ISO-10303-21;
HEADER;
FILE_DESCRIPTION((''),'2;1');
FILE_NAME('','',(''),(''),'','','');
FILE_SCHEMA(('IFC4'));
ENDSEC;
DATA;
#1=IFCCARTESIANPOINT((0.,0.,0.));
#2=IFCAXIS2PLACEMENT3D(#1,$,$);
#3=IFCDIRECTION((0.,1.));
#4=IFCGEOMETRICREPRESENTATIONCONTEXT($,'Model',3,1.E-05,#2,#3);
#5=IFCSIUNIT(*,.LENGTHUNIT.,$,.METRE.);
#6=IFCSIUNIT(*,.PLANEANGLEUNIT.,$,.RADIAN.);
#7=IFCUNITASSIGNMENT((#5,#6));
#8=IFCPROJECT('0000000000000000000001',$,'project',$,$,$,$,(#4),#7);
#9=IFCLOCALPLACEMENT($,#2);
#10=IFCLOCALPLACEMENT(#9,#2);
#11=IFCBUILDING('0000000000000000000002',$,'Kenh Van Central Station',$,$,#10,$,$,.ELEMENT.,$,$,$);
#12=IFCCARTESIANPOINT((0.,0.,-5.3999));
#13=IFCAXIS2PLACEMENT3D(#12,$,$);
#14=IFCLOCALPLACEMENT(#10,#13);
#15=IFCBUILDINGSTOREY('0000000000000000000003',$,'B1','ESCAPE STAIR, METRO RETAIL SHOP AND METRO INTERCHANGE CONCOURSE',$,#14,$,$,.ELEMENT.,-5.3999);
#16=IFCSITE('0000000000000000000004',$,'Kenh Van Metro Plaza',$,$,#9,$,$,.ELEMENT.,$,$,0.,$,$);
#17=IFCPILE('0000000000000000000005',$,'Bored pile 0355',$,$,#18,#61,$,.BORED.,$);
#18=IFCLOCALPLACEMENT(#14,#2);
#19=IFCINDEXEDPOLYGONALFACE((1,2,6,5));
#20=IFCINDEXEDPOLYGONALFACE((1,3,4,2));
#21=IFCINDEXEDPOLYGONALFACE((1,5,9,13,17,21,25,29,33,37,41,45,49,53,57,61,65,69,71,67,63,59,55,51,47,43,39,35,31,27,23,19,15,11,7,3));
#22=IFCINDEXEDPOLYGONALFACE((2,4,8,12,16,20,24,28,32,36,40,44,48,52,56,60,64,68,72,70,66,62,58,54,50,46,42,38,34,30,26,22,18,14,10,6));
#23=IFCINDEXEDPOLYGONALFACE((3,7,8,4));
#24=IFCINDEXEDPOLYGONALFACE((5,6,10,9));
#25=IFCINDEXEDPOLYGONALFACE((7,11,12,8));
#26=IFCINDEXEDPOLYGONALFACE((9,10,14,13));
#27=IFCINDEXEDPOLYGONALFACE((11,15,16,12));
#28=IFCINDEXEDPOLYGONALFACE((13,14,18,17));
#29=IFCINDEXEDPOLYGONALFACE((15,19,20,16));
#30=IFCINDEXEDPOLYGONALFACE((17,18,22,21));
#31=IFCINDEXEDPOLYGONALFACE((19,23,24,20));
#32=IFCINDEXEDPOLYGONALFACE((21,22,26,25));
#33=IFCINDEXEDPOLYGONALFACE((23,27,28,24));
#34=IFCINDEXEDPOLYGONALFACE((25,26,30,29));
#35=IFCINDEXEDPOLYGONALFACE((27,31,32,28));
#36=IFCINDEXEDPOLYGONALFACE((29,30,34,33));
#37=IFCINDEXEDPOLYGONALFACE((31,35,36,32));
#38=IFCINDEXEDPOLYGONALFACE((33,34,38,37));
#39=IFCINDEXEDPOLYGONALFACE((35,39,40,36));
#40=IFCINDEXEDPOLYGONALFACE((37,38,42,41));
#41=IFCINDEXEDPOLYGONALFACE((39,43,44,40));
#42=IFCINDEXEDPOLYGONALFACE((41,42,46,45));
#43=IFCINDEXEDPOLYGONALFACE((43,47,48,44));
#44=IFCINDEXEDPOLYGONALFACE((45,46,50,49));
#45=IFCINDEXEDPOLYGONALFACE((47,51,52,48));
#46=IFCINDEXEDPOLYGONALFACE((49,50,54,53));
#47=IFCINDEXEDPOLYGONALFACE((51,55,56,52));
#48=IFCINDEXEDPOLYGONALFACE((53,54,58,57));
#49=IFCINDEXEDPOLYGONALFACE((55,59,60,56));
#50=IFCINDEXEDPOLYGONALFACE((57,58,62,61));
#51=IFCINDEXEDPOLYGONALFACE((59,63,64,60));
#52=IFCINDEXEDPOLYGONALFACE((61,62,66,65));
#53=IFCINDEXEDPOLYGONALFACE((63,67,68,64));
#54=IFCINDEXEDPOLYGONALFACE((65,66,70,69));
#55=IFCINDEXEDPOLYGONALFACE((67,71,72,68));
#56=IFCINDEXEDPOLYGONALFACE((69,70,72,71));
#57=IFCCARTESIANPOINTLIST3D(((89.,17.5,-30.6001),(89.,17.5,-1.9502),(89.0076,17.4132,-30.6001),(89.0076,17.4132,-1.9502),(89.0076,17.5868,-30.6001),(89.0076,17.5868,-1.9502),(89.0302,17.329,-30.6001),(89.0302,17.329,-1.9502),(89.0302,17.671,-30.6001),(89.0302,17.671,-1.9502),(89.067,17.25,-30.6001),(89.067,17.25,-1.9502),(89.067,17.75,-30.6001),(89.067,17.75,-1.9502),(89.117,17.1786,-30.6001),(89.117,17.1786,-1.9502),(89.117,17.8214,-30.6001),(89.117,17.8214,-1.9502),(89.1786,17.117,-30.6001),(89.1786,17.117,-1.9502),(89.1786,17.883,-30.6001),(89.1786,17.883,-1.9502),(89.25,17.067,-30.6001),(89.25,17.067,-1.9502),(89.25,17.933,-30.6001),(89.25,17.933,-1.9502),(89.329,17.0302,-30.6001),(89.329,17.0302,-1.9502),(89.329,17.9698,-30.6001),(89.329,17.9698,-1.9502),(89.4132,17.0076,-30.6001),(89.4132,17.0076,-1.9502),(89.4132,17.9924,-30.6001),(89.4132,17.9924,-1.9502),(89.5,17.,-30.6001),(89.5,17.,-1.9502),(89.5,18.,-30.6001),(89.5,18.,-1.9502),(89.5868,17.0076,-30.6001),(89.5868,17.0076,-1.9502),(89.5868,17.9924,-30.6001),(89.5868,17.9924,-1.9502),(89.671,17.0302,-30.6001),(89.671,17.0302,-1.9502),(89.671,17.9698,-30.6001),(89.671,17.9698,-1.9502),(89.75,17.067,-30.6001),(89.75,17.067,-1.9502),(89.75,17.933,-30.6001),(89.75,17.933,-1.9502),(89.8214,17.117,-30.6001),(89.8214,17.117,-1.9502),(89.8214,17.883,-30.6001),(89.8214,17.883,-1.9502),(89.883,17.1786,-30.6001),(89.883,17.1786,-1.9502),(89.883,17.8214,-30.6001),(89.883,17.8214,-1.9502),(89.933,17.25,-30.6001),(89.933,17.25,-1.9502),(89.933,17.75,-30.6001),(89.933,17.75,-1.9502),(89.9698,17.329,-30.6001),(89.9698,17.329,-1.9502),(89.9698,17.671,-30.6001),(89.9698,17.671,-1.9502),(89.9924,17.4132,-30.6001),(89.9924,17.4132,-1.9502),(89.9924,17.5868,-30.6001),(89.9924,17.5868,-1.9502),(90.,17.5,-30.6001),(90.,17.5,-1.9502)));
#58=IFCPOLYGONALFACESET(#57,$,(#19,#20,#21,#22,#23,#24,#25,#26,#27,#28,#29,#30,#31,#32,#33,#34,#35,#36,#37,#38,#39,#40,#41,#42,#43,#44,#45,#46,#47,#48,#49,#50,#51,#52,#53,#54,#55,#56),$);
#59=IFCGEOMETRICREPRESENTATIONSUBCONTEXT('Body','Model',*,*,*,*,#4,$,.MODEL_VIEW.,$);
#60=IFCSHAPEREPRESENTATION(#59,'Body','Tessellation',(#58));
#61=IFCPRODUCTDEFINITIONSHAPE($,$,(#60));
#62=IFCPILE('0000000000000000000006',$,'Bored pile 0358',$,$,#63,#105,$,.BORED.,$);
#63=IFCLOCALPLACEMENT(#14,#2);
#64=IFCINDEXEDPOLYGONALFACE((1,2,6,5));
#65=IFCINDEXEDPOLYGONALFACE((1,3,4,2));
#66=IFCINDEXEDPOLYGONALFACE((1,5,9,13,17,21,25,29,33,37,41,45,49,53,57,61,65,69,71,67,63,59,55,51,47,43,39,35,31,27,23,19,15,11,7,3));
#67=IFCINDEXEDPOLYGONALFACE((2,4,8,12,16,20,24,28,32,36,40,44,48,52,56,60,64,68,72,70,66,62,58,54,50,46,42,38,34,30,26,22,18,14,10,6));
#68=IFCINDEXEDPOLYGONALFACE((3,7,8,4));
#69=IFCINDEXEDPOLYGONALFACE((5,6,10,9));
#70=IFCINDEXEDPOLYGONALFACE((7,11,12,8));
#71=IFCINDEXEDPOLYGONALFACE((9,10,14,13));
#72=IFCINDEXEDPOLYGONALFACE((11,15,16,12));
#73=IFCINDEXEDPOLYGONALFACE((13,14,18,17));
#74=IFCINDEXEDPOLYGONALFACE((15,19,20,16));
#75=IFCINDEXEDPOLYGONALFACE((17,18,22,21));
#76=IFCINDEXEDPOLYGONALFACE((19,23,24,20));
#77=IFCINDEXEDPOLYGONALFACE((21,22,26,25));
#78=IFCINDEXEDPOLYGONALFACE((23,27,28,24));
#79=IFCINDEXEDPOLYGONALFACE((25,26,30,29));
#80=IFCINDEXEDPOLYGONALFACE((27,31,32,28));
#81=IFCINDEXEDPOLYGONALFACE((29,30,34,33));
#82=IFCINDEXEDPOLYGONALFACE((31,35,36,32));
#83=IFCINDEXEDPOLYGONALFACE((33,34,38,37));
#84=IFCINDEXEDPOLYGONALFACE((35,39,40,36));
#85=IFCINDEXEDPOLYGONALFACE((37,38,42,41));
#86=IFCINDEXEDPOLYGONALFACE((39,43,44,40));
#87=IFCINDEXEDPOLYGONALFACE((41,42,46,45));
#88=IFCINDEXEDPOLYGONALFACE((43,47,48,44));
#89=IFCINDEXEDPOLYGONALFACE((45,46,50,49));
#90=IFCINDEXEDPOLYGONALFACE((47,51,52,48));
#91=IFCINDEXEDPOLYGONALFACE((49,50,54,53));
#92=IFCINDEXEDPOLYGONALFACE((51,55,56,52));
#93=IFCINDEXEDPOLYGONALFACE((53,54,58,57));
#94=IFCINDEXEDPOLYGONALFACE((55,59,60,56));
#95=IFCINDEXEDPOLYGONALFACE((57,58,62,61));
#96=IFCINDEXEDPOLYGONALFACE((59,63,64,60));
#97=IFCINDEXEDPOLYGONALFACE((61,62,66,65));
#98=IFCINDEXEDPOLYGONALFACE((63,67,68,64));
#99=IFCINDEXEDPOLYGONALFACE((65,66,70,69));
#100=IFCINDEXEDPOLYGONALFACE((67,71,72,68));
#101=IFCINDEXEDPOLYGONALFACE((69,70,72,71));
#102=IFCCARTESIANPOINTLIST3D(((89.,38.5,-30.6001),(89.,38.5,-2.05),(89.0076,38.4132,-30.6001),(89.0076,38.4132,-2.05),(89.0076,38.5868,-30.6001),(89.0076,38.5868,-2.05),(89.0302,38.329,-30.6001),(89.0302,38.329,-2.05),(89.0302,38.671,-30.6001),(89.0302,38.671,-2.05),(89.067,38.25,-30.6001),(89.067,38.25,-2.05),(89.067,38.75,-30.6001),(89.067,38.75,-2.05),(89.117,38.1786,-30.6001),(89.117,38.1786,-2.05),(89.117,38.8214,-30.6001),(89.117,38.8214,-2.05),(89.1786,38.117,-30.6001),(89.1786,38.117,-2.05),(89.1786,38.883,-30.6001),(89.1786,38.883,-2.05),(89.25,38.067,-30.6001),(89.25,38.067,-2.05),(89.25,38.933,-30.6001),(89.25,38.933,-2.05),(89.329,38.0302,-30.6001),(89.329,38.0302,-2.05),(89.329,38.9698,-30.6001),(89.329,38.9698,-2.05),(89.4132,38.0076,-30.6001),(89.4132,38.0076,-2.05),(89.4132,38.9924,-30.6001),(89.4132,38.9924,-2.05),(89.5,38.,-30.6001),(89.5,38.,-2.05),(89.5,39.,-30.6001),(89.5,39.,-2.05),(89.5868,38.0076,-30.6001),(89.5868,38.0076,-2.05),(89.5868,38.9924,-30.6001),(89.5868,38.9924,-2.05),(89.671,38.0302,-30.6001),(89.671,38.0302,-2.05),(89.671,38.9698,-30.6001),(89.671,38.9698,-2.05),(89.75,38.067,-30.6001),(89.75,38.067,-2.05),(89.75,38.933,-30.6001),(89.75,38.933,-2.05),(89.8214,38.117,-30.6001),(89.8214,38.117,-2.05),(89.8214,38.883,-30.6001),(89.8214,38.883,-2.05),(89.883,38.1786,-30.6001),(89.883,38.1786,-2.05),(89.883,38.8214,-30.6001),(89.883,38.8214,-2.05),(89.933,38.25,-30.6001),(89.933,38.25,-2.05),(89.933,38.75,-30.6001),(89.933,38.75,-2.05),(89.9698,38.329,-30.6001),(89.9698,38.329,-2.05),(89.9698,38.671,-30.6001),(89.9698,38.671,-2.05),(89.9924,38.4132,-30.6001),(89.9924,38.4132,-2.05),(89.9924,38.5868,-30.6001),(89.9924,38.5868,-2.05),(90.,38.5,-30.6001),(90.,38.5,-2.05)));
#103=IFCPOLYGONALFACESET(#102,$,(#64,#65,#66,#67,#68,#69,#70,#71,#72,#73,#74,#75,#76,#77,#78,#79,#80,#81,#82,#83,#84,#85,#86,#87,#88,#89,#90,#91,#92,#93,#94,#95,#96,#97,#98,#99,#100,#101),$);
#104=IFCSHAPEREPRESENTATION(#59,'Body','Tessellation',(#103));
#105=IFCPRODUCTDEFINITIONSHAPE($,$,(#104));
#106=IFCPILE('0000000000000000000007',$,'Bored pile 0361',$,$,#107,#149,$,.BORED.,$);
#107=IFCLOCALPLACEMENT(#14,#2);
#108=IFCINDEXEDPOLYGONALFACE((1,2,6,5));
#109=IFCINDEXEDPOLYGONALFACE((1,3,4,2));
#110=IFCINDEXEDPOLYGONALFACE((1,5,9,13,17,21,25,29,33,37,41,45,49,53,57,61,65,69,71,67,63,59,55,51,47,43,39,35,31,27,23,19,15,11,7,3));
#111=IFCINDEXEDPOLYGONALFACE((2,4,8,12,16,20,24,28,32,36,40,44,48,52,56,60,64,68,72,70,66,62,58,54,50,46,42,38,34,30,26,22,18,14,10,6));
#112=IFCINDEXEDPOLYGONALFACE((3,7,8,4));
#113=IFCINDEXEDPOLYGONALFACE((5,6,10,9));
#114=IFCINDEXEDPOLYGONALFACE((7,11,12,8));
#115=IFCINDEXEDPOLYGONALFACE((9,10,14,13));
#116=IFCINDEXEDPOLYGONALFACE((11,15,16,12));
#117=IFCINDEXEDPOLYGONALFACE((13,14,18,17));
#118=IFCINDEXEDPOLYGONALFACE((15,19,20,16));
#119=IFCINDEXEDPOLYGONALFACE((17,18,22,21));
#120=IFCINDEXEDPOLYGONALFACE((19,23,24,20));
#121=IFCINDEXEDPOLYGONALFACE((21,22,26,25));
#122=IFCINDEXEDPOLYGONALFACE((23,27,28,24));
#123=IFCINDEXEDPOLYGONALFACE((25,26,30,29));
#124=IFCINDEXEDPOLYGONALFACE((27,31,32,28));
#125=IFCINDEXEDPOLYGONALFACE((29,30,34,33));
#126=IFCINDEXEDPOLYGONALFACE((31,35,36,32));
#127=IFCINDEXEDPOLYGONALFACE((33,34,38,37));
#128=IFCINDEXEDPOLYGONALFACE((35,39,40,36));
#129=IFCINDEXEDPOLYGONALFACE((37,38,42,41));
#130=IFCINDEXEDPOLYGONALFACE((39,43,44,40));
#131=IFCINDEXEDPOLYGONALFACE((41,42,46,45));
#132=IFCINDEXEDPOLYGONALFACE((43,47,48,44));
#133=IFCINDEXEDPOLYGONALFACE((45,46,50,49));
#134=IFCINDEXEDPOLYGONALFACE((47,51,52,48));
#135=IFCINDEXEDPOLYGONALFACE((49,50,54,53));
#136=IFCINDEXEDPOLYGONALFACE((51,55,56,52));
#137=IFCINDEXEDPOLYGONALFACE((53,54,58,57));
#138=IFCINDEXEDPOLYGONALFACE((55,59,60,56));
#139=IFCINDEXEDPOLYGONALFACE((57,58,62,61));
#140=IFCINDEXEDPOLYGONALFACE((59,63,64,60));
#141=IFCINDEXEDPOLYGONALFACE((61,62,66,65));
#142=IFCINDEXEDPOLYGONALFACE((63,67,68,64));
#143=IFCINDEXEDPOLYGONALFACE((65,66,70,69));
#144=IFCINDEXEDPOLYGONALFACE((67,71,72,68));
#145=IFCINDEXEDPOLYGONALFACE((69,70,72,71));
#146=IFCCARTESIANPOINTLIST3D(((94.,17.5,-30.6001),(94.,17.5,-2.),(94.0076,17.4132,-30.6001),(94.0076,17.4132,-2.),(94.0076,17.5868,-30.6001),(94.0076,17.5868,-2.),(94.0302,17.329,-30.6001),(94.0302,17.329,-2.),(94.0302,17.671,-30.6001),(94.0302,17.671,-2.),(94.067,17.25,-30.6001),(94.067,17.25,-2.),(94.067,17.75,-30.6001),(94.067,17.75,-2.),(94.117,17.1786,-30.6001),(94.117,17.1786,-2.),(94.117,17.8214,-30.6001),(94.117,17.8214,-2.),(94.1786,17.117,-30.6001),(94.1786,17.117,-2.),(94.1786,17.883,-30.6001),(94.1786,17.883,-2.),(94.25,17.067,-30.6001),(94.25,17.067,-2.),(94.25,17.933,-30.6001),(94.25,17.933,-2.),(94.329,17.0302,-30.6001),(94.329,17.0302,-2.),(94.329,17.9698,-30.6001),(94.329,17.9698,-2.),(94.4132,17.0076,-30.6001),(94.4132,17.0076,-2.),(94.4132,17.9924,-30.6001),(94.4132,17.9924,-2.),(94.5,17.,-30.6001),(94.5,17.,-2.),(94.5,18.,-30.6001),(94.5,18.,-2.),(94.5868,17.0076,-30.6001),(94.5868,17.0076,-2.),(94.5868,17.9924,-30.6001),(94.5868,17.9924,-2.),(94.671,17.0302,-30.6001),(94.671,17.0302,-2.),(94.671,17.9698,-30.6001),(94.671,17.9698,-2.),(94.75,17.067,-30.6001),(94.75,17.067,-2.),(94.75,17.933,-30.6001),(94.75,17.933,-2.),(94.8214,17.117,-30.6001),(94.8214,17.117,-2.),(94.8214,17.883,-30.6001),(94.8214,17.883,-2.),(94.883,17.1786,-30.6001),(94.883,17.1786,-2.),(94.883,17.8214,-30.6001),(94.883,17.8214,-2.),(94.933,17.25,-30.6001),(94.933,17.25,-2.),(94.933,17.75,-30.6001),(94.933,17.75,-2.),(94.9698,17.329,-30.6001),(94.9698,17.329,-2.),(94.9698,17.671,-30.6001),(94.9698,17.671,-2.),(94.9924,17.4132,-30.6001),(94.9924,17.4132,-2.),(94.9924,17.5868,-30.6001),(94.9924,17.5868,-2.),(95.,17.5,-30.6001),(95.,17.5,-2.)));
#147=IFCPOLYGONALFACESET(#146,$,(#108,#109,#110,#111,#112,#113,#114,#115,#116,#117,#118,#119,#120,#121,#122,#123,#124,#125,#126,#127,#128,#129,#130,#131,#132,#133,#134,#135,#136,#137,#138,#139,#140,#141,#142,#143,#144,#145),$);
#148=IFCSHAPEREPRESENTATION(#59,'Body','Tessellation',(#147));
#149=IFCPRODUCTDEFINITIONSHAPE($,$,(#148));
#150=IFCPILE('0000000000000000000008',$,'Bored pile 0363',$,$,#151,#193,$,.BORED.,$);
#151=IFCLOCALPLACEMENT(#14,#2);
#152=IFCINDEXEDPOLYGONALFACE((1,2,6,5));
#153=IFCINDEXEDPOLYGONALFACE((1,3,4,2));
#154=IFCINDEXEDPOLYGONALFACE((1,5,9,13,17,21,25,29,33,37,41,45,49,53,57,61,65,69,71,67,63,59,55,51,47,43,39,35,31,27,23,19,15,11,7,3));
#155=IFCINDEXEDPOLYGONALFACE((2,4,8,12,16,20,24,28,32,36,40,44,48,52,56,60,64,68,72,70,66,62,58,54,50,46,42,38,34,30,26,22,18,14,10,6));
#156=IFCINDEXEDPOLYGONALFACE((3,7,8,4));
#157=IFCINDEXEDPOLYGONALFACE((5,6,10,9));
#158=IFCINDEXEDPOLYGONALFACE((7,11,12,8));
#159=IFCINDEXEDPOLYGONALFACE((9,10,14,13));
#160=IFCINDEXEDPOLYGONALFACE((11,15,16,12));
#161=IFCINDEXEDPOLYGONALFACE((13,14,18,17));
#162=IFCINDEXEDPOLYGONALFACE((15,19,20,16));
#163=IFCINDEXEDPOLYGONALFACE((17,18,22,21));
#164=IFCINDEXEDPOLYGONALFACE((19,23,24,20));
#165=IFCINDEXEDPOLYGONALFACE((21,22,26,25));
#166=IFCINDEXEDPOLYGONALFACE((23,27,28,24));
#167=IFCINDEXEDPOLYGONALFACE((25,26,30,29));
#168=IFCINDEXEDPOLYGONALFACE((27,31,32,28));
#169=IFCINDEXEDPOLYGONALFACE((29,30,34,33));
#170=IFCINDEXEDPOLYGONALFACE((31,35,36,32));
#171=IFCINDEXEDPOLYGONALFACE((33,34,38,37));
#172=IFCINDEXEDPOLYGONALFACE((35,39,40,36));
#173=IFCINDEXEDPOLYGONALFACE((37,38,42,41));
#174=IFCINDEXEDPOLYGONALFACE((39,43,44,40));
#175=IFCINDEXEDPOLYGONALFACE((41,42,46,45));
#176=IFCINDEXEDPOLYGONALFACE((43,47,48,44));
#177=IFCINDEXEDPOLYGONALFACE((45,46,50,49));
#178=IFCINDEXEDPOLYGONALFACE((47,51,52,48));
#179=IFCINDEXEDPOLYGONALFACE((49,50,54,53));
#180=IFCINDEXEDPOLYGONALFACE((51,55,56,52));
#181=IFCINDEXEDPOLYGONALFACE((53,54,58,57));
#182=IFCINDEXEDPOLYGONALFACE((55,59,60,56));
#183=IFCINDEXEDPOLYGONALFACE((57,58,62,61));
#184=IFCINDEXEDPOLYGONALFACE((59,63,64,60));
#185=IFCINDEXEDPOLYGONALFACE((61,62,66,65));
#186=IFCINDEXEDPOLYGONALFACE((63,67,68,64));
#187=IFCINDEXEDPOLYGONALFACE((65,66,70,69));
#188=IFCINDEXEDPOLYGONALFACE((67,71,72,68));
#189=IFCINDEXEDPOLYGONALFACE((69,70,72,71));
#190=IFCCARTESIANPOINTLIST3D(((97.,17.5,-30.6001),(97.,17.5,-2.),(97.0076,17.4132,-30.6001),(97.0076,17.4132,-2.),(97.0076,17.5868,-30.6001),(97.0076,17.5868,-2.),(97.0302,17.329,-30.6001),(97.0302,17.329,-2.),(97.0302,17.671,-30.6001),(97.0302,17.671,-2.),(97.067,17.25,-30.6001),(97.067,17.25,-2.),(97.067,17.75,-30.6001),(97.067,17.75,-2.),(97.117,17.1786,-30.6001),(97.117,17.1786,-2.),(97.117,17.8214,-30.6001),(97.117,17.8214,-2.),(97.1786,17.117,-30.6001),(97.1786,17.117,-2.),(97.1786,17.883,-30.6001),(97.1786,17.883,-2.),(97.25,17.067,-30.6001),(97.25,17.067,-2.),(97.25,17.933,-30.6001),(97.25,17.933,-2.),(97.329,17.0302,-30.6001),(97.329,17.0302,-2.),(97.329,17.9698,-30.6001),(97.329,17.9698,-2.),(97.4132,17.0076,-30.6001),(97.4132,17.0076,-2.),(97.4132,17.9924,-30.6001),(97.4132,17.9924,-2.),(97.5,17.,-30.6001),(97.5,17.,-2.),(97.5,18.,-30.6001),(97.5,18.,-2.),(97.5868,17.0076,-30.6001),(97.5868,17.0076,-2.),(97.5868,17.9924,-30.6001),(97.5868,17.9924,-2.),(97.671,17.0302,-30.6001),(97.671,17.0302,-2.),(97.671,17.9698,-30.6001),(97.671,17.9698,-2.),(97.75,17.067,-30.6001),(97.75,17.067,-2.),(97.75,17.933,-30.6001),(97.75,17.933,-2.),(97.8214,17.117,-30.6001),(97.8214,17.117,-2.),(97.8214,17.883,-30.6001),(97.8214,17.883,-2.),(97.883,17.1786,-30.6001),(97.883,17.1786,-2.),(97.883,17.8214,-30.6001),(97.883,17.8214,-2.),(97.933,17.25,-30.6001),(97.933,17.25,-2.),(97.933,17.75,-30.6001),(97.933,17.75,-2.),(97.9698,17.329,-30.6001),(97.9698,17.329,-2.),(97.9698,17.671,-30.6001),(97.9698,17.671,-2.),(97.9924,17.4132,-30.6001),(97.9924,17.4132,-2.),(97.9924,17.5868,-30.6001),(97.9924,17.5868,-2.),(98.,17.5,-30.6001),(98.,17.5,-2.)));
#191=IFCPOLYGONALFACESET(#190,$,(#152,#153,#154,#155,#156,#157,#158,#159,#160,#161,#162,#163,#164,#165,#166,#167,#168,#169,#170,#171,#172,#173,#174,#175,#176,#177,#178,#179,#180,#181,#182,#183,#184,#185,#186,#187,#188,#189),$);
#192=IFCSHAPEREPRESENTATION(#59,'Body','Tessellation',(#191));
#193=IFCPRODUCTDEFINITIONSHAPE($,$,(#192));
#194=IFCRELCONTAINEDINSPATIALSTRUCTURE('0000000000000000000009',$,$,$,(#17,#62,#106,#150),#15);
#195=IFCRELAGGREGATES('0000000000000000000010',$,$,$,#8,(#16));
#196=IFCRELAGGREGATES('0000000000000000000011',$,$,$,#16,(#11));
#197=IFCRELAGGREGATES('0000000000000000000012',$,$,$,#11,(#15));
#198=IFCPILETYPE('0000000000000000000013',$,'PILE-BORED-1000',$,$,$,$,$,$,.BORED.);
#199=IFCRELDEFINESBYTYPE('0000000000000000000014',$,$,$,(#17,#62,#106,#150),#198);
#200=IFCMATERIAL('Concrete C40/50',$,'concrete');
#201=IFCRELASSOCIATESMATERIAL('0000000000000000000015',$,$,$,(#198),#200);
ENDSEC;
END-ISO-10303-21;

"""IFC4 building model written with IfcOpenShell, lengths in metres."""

from ifc_helpers import new_model, si_unit, direction, frame, origin, origin_2d, place, context, subcontext, project, spatial, circle, extrude, material, material_profile, profile_set, type_object, element, save


model = new_model("IFC4")

# Units and contexts
model_context = context("Model", 3, precision=1e-05, world=origin(), true_north=direction((0.0, 1.0)))
body_context = subcontext(model_context, "Body", "Model", "MODEL_VIEW")
ifc_project = project(units=[si_unit("LENGTHUNIT", "METRE"), si_unit("PLANEANGLEUNIT", "RADIAN")], contexts=[model_context])

# Site, building, storey
site_placement = place(None, origin())
site = spatial("IfcSite", under=ifc_project, at=site_placement, Name="Kenh Van Metro Plaza", CompositionType="ELEMENT", RefElevation=0.0)
building_placement = place(site_placement, origin())
building = spatial("IfcBuilding", under=site, at=building_placement, Name="Kenh Van Central Station", CompositionType="ELEMENT")
storey_placement = place(building_placement, frame((0.0, 0.0, -5.3999)))
storey = spatial("IfcBuildingStorey", under=building, at=storey_placement, Name="B1", Description="ESCAPE STAIR, METRO RETAIL SHOP AND METRO INTERCHANGE CONCOURSE", CompositionType="ELEMENT", Elevation=-5.3999)

# Shared definitions
ifc_material = material(Name="Concrete C40/50", Category="concrete")

# Piles
ifc_material_profile_1 = material_profile(ifc_material, circle(Radius=0.5, at=origin_2d()), Name="PILE D1000")
ifc_profile_set_1 = profile_set([ifc_material_profile_1], Name="Concrete C40/50")
pile_type = type_object("IfcPileType", Name="PILE-BORED-1000", PredefinedType="BORED", material=ifc_profile_set_1)
pile_1_placement = place(storey_placement, frame((89.5, 17.5, -1.9502), z_axis=(0.0, 0.0, -1.0), x_axis=(1.0, 0.0, 0.0)))
element("IfcPile", 1, at=pile_1_placement, inside=storey, type_object=pile_type, Name="Bored pile 0355", PredefinedType="BORED", context=body_context, shape_type="SweptSolid", body=[
    extrude(circle(Radius=0.5, at=origin_2d()), origin(), (0.0, 0.0, 1.0), 28.6499),
])
pile_2_placement = place(storey_placement, frame((89.5, 38.5, -2.05), z_axis=(0.0, 0.0, -1.0), x_axis=(1.0, 0.0, 0.0)))
element("IfcPile", 2, at=pile_2_placement, inside=storey, type_object=pile_type, Name="Bored pile 0358", PredefinedType="BORED", context=body_context, shape_type="SweptSolid", body=[
    extrude(circle(Radius=0.5, at=origin_2d()), origin(), (0.0, 0.0, 1.0), 28.55),
])
for number, where, z_axis, x_axis, name in (
    (3, (94.5, 17.5, -2.0), (0.0, 0.0, -1.0), (1.0, 0.0, 0.0), "Bored pile 0361"),
    (4, (97.5, 17.5, -2.0), (0.0, 0.0, -1.0), (1.0, 0.0, 0.0), "Bored pile 0363"),
):
    element("IfcPile", number, at=place(storey_placement, frame(where, z_axis=z_axis, x_axis=x_axis)), inside=storey, type_object=pile_type, Name=name, PredefinedType="BORED", context=body_context, shape_type="SweptSolid", body=[
        extrude(circle(Radius=0.5, at=origin_2d()), origin(), (0.0, 0.0, 1.0), 28.6001),
    ])

save(model, "model.ifc")
